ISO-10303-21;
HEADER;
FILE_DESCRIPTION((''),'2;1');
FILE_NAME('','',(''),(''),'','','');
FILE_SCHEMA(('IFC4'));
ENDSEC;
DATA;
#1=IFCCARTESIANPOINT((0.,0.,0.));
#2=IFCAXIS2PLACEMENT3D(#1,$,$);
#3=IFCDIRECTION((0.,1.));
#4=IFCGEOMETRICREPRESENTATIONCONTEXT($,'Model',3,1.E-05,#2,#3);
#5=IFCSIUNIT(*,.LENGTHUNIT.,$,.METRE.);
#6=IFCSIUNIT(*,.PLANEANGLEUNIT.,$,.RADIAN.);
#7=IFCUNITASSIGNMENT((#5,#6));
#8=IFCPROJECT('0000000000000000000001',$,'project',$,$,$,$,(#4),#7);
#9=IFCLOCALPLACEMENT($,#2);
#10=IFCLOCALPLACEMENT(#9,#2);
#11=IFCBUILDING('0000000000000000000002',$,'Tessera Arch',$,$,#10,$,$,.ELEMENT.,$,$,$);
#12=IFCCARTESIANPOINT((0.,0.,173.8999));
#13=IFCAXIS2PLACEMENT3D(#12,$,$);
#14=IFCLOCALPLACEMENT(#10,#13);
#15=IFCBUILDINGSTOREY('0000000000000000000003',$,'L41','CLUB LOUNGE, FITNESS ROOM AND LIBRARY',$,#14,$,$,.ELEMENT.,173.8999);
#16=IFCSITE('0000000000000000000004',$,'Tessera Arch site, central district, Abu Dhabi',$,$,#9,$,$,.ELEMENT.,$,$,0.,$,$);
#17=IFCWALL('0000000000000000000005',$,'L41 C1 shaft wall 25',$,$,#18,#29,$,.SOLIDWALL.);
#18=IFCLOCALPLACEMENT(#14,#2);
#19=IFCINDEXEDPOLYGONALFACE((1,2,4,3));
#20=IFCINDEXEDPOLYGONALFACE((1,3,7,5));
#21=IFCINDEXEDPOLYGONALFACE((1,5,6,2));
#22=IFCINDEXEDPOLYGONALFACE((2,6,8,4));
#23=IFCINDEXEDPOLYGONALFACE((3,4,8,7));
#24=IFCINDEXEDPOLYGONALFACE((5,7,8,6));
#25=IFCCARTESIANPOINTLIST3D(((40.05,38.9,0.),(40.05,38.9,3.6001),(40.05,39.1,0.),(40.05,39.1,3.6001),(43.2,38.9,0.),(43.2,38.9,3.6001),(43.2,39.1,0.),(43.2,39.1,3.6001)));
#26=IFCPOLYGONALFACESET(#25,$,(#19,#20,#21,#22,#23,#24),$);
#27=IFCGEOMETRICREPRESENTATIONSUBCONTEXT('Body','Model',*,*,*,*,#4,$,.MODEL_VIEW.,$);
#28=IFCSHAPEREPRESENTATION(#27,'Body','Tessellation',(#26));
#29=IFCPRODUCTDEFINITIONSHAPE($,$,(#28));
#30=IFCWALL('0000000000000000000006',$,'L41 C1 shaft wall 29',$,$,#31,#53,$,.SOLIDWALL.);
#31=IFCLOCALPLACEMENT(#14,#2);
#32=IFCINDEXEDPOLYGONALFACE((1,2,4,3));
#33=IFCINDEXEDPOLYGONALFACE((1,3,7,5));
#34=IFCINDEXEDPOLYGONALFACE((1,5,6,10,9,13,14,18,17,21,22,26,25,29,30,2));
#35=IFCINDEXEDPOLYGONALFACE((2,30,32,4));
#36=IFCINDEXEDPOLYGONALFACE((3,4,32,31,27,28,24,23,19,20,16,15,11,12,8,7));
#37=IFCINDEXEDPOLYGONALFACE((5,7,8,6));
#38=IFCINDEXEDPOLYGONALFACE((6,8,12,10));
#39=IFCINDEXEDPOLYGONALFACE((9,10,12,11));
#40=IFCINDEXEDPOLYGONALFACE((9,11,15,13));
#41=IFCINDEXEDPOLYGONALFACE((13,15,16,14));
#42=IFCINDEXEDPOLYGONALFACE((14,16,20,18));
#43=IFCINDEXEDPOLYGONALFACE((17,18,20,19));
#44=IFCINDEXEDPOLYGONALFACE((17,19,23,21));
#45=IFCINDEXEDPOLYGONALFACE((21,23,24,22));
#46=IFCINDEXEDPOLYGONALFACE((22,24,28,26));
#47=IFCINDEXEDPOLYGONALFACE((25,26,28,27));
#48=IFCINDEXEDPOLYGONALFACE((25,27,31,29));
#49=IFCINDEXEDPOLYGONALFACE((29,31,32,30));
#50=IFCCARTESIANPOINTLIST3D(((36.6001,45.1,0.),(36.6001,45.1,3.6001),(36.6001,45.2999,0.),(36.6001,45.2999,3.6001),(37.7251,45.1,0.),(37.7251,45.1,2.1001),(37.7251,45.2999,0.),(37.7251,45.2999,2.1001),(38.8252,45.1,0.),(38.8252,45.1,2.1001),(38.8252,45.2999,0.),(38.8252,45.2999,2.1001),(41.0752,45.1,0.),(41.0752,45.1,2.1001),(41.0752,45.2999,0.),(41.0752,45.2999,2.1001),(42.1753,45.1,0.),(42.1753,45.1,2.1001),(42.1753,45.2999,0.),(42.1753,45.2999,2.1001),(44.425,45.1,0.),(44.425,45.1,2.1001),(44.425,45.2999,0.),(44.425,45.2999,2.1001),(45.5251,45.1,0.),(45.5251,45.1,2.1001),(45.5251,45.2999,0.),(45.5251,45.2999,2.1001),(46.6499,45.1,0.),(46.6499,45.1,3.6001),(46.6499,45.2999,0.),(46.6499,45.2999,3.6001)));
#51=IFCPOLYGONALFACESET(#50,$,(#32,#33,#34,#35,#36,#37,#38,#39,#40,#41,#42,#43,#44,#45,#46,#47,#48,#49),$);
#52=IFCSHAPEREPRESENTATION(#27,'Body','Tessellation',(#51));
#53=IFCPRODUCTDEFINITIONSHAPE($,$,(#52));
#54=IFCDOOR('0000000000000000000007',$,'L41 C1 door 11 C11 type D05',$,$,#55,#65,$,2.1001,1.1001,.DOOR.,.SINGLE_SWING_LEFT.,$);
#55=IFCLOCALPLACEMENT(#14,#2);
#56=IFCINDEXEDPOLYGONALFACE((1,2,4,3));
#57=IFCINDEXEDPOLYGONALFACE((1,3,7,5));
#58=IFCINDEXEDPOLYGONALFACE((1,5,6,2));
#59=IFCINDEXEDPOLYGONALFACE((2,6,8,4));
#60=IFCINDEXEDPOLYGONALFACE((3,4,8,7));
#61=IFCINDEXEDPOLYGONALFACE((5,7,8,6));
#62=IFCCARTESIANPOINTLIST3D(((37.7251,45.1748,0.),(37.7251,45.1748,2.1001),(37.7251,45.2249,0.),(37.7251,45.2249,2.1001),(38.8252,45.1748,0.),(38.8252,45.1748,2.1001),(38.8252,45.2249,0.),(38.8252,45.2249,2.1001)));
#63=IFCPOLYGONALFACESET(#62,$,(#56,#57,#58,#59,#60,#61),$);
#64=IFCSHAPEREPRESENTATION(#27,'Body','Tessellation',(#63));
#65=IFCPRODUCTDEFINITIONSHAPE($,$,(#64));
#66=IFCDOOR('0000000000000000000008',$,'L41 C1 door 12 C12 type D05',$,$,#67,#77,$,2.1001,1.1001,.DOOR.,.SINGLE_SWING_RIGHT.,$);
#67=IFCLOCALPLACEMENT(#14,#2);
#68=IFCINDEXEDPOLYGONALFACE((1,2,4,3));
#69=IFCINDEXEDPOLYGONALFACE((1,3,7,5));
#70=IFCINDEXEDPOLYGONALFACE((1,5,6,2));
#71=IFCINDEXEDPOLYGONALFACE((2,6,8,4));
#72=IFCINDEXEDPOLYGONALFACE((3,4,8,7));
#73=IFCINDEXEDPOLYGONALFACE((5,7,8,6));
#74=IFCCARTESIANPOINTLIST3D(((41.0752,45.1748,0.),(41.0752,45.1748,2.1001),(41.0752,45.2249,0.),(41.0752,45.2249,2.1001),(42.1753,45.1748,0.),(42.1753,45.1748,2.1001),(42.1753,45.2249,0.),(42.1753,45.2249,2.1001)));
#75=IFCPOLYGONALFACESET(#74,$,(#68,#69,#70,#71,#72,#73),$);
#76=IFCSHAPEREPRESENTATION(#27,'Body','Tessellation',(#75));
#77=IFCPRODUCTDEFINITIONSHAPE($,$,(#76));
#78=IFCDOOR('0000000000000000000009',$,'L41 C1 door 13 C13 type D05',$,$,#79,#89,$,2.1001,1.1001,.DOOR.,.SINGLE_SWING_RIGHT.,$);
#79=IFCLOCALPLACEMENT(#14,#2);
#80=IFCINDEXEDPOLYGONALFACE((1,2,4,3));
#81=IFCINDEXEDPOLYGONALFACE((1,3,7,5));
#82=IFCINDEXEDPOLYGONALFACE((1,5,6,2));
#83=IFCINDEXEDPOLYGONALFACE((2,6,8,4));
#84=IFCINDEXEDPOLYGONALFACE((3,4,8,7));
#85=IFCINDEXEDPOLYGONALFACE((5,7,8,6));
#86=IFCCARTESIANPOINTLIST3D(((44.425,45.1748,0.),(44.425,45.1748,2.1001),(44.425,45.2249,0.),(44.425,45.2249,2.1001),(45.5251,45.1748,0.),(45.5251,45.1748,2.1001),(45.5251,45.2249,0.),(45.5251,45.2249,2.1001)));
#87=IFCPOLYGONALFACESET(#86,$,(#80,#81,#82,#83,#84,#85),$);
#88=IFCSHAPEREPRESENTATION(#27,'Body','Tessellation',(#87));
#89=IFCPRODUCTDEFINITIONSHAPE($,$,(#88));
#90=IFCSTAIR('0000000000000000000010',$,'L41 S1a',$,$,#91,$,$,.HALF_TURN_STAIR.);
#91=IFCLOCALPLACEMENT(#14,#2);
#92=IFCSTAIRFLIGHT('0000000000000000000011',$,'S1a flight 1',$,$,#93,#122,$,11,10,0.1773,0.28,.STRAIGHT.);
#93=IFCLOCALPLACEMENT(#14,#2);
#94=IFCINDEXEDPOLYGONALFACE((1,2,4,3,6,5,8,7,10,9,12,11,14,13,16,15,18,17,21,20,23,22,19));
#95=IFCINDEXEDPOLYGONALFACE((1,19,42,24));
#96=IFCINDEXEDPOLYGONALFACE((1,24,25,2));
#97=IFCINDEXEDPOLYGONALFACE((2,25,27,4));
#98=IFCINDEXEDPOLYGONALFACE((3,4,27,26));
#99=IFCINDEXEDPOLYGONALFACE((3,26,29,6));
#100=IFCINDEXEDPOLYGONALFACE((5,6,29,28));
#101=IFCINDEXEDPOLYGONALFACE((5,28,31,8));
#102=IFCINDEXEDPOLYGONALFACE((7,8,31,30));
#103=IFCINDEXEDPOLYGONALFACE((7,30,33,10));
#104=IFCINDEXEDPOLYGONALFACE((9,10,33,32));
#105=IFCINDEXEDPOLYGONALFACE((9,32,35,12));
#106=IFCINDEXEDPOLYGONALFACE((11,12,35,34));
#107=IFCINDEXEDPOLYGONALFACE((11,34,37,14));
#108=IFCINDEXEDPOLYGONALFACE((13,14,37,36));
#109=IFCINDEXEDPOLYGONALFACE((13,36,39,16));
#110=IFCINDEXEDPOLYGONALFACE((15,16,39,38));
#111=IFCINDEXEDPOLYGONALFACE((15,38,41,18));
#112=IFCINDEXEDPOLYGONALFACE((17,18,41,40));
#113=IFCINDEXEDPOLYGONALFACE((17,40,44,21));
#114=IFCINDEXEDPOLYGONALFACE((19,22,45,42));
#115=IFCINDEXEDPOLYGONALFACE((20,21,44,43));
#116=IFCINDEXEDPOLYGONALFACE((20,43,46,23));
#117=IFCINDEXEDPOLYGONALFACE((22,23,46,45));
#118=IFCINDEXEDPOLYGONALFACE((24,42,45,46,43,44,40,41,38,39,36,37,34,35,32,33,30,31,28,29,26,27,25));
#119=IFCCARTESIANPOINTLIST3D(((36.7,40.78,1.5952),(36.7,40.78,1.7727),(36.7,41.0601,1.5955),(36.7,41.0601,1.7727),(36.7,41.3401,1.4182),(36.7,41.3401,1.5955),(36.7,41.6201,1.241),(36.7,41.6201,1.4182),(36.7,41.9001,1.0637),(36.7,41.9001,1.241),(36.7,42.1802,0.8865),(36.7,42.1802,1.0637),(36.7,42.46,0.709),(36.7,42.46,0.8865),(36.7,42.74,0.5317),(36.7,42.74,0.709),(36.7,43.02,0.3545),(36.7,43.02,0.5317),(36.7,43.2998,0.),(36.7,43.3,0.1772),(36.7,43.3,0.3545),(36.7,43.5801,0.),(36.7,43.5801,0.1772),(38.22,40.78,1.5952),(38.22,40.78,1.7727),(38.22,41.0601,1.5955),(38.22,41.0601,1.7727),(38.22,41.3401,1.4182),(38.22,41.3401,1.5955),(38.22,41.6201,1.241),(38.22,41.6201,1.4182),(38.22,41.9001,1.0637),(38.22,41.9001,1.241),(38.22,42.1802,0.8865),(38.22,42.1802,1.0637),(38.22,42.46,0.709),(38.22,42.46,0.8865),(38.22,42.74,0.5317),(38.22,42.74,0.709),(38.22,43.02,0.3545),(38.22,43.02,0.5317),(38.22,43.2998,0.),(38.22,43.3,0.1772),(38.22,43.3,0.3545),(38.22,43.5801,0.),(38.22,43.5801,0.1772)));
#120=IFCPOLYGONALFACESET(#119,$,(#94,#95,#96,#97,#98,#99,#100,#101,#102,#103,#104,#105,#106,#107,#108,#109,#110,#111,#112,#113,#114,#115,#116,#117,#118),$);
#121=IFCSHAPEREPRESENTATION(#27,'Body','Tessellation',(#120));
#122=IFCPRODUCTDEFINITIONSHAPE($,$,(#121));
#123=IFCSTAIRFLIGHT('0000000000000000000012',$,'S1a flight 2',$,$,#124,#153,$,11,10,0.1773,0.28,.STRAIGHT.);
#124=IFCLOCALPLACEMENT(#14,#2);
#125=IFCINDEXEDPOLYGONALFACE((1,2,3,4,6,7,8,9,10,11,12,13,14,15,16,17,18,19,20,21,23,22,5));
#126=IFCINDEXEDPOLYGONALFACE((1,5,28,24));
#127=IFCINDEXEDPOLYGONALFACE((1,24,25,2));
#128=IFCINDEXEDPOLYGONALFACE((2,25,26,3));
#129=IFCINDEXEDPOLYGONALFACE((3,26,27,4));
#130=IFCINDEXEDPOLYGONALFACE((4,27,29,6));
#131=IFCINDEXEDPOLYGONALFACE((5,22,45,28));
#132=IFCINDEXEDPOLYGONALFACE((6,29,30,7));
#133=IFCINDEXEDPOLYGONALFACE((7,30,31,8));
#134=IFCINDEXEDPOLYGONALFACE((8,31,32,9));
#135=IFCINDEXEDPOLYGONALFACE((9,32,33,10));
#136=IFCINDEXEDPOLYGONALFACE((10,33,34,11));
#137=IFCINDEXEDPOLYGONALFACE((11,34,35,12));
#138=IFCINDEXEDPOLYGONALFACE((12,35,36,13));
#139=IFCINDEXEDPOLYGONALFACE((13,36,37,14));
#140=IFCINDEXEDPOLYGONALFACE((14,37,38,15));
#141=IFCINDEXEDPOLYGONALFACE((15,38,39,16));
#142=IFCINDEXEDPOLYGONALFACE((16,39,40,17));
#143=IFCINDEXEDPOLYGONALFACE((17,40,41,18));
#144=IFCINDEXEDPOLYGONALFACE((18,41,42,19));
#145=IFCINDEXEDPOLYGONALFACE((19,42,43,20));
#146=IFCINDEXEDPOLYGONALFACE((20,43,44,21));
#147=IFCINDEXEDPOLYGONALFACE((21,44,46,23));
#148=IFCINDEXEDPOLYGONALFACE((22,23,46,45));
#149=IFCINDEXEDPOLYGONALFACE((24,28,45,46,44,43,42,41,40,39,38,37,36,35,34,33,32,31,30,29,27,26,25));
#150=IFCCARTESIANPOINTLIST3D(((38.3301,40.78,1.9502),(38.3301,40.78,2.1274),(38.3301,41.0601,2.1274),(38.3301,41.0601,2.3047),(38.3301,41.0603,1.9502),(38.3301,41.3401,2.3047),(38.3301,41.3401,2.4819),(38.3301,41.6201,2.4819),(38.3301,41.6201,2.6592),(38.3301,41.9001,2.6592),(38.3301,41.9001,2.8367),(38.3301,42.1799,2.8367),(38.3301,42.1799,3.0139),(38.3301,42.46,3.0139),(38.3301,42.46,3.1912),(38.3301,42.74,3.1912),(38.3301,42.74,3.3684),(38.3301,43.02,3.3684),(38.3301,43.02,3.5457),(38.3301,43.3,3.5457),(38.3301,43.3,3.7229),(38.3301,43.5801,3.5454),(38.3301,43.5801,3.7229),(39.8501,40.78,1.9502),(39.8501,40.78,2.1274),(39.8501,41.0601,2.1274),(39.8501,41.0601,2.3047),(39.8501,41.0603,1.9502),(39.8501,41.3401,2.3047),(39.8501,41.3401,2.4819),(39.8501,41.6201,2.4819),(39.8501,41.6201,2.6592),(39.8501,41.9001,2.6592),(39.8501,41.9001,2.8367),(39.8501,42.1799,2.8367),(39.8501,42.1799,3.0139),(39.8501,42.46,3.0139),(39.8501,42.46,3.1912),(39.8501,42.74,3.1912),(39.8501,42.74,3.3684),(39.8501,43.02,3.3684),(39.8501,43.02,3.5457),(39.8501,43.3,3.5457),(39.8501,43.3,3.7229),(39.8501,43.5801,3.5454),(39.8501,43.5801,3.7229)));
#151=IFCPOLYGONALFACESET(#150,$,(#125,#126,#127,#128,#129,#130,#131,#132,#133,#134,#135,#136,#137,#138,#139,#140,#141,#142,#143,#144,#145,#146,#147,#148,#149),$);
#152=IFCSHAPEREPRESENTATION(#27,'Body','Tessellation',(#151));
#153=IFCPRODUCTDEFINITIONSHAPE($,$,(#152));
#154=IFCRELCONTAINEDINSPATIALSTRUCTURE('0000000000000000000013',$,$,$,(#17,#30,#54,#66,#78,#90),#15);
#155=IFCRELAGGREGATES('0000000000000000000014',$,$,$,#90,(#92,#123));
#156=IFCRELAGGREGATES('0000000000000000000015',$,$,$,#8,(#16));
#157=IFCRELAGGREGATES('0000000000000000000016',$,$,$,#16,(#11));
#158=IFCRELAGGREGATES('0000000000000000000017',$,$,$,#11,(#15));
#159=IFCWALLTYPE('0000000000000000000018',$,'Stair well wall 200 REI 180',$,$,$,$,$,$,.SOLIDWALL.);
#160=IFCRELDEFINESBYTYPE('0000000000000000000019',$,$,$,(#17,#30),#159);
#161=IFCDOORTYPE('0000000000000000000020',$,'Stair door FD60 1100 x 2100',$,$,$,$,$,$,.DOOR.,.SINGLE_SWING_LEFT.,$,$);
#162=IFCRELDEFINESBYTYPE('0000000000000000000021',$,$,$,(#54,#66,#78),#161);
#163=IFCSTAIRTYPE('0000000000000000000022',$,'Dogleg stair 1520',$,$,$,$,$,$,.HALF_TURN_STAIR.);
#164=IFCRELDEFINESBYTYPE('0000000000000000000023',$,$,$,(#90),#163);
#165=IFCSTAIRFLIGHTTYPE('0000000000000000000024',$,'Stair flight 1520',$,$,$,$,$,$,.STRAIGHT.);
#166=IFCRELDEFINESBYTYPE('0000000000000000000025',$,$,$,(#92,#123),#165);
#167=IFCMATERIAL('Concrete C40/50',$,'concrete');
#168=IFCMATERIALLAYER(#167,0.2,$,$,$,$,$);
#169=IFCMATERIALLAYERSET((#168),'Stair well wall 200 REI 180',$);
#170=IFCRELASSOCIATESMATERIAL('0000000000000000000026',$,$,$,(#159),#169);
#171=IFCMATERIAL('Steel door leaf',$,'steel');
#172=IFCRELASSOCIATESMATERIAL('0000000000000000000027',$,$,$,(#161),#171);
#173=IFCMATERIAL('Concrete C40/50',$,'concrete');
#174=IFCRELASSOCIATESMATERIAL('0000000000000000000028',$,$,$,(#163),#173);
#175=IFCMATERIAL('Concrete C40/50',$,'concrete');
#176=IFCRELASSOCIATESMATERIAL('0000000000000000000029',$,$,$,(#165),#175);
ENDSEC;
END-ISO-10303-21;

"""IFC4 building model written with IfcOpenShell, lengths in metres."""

from ifc_helpers import new_model, si_unit, direction, frame, frame_2d, origin, place, context, subcontext, project, spatial, polyline, rectangle, outline, extrude, material, layer, layer_set, type_object, element, fill, aggregate, save


model = new_model("IFC4")

# Units and contexts
model_context = context("Model", 3, precision=1e-05, world=origin(), true_north=direction((0.0, 1.0)))
body_context = subcontext(model_context, "Body", "Model", "MODEL_VIEW")
ifc_project = project(units=[si_unit("LENGTHUNIT", "METRE"), si_unit("PLANEANGLEUNIT", "RADIAN")], contexts=[model_context])

# Site, building, storey
site_placement = place(None, origin())
site = spatial("IfcSite", under=ifc_project, at=site_placement, Name="Tessera Arch site, central district, Abu Dhabi", CompositionType="ELEMENT", RefElevation=0.0)
building_placement = place(site_placement, origin())
building = spatial("IfcBuilding", under=site, at=building_placement, Name="Tessera Arch", CompositionType="ELEMENT")
storey_placement = place(building_placement, frame((0.0, 0.0, 173.8999)))
storey = spatial("IfcBuildingStorey", under=building, at=storey_placement, Name="L41", Description="CLUB LOUNGE, FITNESS ROOM AND LIBRARY", CompositionType="ELEMENT", Elevation=173.8999)

# Wall
ifc_material_1 = material(Name="Concrete C40/50", Category="concrete")
ifc_layer_1 = layer(ifc_material_1, 0.2)
ifc_layer_set_1 = layer_set([ifc_layer_1], Name="Stair well wall 200 REI 180")
wall_type_1 = type_object("IfcWallType", Name="Stair well wall 200 REI 180", PredefinedType="SOLIDWALL", material=ifc_layer_set_1)
wall_1_placement = place(storey_placement, frame((40.05, 39.0, 0.0), z_axis=(0.0, 0.0, 1.0), x_axis=(1.0, 0.0, 0.0)))
element("IfcWall", 1, at=wall_1_placement, inside=storey, type_object=wall_type_1, Name="L41 C1 shaft wall 25", PredefinedType="SOLIDWALL", context=body_context, shape_type="SweptSolid", body=[
    extrude(rectangle(XDim=3.1499, YDim=0.2, at=frame_2d((1.575, 0.0))), origin(), (0.0, 0.0, 1.0), 3.6001),
])

# Wall, openings, doors
wall_2_placement = place(storey_placement, frame((36.6001, 45.2, 0.0), z_axis=(0.0, 0.0, 1.0), x_axis=(1.0, 0.0, 0.0)))
wall_2 = element("IfcWall", 2, at=wall_2_placement, inside=storey, type_object=wall_type_1, Name="L41 C1 shaft wall 29", PredefinedType="SOLIDWALL", context=body_context, shape_type="SweptSolid", body=[
    extrude(rectangle(XDim=10.0498, YDim=0.2, at=frame_2d((5.0249, 0.0))), origin(), (0.0, 0.0, 1.0), 3.6001),
])
opening_1_placement = place(wall_2_placement, frame((1.125, 0.0, 0.0)))
opening_1 = element("IfcOpeningElement", 3, at=opening_1_placement, cuts=wall_2, PredefinedType="OPENING", context=body_context, shape_type="SweptSolid", body=[
    extrude(rectangle(XDim=1.1001, YDim=2.1001, at=frame_2d((0.55, 1.05))), frame((0.0, 0.1099, 0.0), z_axis=(0.0, -1.0, 0.0), x_axis=(1.0, 0.0, 0.0)), (0.0, 0.0, 1.0), 0.22),
])
opening_2_placement = place(wall_2_placement, frame((4.4751, 0.0, 0.0)))
opening_2 = element("IfcOpeningElement", 4, at=opening_2_placement, cuts=wall_2, PredefinedType="OPENING", context=body_context, shape_type="SweptSolid", body=[
    extrude(rectangle(XDim=1.1001, YDim=2.1001, at=frame_2d((0.55, 1.05))), frame((0.0, 0.1099, 0.0), z_axis=(0.0, -1.0, 0.0), x_axis=(1.0, 0.0, 0.0)), (0.0, 0.0, 1.0), 0.22),
])
opening_3_placement = place(wall_2_placement, frame((7.825, 0.0, 0.0)))
opening_3 = element("IfcOpeningElement", 5, at=opening_3_placement, cuts=wall_2, PredefinedType="OPENING", context=body_context, shape_type="SweptSolid", body=[
    extrude(rectangle(XDim=1.1001, YDim=2.1001, at=frame_2d((0.55, 1.05))), frame((0.0, 0.1099, 0.0), z_axis=(0.0, -1.0, 0.0), x_axis=(1.0, 0.0, 0.0)), (0.0, 0.0, 1.0), 0.22),
])
ifc_material_2 = material(Name="Steel door leaf", Category="steel")
door_type_1 = type_object("IfcDoorType", Name="Stair door FD60 1100 x 2100", OperationType="SINGLE_SWING_LEFT", PredefinedType="DOOR", material=ifc_material_2)
door_1_placement = place(opening_1_placement, origin())
door_1 = element("IfcDoor", 6, at=door_1_placement, inside=storey, type_object=door_type_1, Name="L41 C1 door 11 C11 type D05", OperationType="SINGLE_SWING_LEFT", OverallHeight=2.1001, OverallWidth=1.1001, PredefinedType="DOOR", context=body_context, shape_type="SweptSolid", body=[
    extrude(rectangle(XDim=1.1001, YDim=2.1001, at=frame_2d((0.55, 1.05))), frame((0.0, 0.0249, 0.0), z_axis=(0.0, -1.0, 0.0), x_axis=(1.0, 0.0, 0.0)), (0.0, 0.0, 1.0), 0.05),
])
fill(opening_1, door_1)
door_2_placement = place(opening_2_placement, origin())
door_2 = element("IfcDoor", 7, at=door_2_placement, inside=storey, type_object=door_type_1, Name="L41 C1 door 12 C12 type D05", OperationType="SINGLE_SWING_RIGHT", OverallHeight=2.1001, OverallWidth=1.1001, PredefinedType="DOOR", context=body_context, shape_type="SweptSolid", body=[
    extrude(rectangle(XDim=1.1001, YDim=2.1001, at=frame_2d((0.55, 1.05))), frame((0.0, 0.0249, 0.0), z_axis=(0.0, -1.0, 0.0), x_axis=(1.0, 0.0, 0.0)), (0.0, 0.0, 1.0), 0.05),
])
fill(opening_2, door_2)
door_3_placement = place(opening_3_placement, origin())
door_3 = element("IfcDoor", 8, at=door_3_placement, inside=storey, type_object=door_type_1, Name="L41 C1 door 13 C13 type D05", OperationType="SINGLE_SWING_RIGHT", OverallHeight=2.1001, OverallWidth=1.1001, PredefinedType="DOOR", context=body_context, shape_type="SweptSolid", body=[
    extrude(rectangle(XDim=1.1001, YDim=2.1001, at=frame_2d((0.55, 1.05))), frame((0.0, 0.0249, 0.0), z_axis=(0.0, -1.0, 0.0), x_axis=(1.0, 0.0, 0.0)), (0.0, 0.0, 1.0), 0.05),
])
fill(opening_3, door_3)

# Stair, stair flights
ifc_material_3 = material(Name="Concrete C40/50", Category="concrete")
stair_type = type_object("IfcStairType", Name="Dogleg stair 1520", PredefinedType="HALF_TURN_STAIR", material=ifc_material_3)
stair_placement = place(storey_placement, origin())
stair = element("IfcStair", 9, at=stair_placement, inside=storey, type_object=stair_type, Name="L41 S1a", PredefinedType="HALF_TURN_STAIR")
ifc_material_4 = material(Name="Concrete C40/50", Category="concrete")
stair_flight_type = type_object("IfcStairFlightType", Name="Stair flight 1520", PredefinedType="STRAIGHT", material=ifc_material_4)
stair_flight_1_placement = place(storey_placement, frame((37.46, 43.5801, 0.0), z_axis=(0.0, 0.0, 1.0), x_axis=(0.0, -1.0, 0.0)))
stair_flight_1 = element("IfcStairFlight", 10, at=stair_flight_1_placement, type_object=stair_flight_type, Name="S1a flight 1", NumberOfRisers=11, NumberOfTreads=10, PredefinedType="STRAIGHT", RiserHeight=0.1773, TreadLength=0.28, context=body_context, shape_type="SweptSolid", body=[
    extrude(outline(polyline([(0.0, 0.0), (0.0, 0.1772), (0.28, 0.1772), (0.28, 0.3545), (0.5601, 0.3545), (0.5601, 0.5317), (0.8401, 0.5317), (0.8401, 0.709), (1.1201, 0.709), (1.1201, 0.8865), (1.3999, 0.8865), (1.3999, 1.0637), (1.6799, 1.0637), (1.6799, 1.241), (1.96, 1.241), (1.96, 1.4182), (2.24, 1.4182), (2.24, 1.5955), (2.52, 1.5955), (2.52, 1.7727), (2.8, 1.7727), (2.8, 1.95), (2.8, 1.5952), (0.2803, 0.0), (0.0, 0.0)])), frame((0.0, 0.76, 0.0), z_axis=(0.0, -1.0, 0.0), x_axis=(1.0, 0.0, 0.0)), (0.0, 0.0, 1.0), 1.52),
])
stair_flight_2_placement = place(storey_placement, frame((39.0901, 40.78, 1.9502), z_axis=(0.0, 0.0, 1.0), x_axis=(0.0, 1.0, 0.0)))
stair_flight_2 = element("IfcStairFlight", 11, at=stair_flight_2_placement, type_object=stair_flight_type, Name="S1a flight 2", NumberOfRisers=11, NumberOfTreads=10, PredefinedType="STRAIGHT", RiserHeight=0.1773, TreadLength=0.28, context=body_context, shape_type="SweptSolid", body=[
    extrude(outline(polyline([(0.0, 0.0), (0.0, 0.1772), (0.28, 0.1772), (0.28, 0.3545), (0.5601, 0.3545), (0.5601, 0.5317), (0.8401, 0.5317), (0.8401, 0.709), (1.1201, 0.709), (1.1201, 0.8865), (1.3999, 0.8865), (1.3999, 1.0637), (1.6799, 1.0637), (1.6799, 1.241), (1.96, 1.241), (1.96, 1.4182), (2.24, 1.4182), (2.24, 1.5955), (2.52, 1.5955), (2.52, 1.7727), (2.8, 1.7727), (2.8, 1.95), (2.8, 1.5952), (0.2803, 0.0), (0.0, 0.0)])), frame((0.0, 0.76, 0.0), z_axis=(0.0, -1.0, 0.0), x_axis=(1.0, 0.0, 0.0)), (0.0, 0.0, 1.0), 1.52),
])
aggregate(stair, [stair_flight_1, stair_flight_2])

save(model, "model.ifc")
